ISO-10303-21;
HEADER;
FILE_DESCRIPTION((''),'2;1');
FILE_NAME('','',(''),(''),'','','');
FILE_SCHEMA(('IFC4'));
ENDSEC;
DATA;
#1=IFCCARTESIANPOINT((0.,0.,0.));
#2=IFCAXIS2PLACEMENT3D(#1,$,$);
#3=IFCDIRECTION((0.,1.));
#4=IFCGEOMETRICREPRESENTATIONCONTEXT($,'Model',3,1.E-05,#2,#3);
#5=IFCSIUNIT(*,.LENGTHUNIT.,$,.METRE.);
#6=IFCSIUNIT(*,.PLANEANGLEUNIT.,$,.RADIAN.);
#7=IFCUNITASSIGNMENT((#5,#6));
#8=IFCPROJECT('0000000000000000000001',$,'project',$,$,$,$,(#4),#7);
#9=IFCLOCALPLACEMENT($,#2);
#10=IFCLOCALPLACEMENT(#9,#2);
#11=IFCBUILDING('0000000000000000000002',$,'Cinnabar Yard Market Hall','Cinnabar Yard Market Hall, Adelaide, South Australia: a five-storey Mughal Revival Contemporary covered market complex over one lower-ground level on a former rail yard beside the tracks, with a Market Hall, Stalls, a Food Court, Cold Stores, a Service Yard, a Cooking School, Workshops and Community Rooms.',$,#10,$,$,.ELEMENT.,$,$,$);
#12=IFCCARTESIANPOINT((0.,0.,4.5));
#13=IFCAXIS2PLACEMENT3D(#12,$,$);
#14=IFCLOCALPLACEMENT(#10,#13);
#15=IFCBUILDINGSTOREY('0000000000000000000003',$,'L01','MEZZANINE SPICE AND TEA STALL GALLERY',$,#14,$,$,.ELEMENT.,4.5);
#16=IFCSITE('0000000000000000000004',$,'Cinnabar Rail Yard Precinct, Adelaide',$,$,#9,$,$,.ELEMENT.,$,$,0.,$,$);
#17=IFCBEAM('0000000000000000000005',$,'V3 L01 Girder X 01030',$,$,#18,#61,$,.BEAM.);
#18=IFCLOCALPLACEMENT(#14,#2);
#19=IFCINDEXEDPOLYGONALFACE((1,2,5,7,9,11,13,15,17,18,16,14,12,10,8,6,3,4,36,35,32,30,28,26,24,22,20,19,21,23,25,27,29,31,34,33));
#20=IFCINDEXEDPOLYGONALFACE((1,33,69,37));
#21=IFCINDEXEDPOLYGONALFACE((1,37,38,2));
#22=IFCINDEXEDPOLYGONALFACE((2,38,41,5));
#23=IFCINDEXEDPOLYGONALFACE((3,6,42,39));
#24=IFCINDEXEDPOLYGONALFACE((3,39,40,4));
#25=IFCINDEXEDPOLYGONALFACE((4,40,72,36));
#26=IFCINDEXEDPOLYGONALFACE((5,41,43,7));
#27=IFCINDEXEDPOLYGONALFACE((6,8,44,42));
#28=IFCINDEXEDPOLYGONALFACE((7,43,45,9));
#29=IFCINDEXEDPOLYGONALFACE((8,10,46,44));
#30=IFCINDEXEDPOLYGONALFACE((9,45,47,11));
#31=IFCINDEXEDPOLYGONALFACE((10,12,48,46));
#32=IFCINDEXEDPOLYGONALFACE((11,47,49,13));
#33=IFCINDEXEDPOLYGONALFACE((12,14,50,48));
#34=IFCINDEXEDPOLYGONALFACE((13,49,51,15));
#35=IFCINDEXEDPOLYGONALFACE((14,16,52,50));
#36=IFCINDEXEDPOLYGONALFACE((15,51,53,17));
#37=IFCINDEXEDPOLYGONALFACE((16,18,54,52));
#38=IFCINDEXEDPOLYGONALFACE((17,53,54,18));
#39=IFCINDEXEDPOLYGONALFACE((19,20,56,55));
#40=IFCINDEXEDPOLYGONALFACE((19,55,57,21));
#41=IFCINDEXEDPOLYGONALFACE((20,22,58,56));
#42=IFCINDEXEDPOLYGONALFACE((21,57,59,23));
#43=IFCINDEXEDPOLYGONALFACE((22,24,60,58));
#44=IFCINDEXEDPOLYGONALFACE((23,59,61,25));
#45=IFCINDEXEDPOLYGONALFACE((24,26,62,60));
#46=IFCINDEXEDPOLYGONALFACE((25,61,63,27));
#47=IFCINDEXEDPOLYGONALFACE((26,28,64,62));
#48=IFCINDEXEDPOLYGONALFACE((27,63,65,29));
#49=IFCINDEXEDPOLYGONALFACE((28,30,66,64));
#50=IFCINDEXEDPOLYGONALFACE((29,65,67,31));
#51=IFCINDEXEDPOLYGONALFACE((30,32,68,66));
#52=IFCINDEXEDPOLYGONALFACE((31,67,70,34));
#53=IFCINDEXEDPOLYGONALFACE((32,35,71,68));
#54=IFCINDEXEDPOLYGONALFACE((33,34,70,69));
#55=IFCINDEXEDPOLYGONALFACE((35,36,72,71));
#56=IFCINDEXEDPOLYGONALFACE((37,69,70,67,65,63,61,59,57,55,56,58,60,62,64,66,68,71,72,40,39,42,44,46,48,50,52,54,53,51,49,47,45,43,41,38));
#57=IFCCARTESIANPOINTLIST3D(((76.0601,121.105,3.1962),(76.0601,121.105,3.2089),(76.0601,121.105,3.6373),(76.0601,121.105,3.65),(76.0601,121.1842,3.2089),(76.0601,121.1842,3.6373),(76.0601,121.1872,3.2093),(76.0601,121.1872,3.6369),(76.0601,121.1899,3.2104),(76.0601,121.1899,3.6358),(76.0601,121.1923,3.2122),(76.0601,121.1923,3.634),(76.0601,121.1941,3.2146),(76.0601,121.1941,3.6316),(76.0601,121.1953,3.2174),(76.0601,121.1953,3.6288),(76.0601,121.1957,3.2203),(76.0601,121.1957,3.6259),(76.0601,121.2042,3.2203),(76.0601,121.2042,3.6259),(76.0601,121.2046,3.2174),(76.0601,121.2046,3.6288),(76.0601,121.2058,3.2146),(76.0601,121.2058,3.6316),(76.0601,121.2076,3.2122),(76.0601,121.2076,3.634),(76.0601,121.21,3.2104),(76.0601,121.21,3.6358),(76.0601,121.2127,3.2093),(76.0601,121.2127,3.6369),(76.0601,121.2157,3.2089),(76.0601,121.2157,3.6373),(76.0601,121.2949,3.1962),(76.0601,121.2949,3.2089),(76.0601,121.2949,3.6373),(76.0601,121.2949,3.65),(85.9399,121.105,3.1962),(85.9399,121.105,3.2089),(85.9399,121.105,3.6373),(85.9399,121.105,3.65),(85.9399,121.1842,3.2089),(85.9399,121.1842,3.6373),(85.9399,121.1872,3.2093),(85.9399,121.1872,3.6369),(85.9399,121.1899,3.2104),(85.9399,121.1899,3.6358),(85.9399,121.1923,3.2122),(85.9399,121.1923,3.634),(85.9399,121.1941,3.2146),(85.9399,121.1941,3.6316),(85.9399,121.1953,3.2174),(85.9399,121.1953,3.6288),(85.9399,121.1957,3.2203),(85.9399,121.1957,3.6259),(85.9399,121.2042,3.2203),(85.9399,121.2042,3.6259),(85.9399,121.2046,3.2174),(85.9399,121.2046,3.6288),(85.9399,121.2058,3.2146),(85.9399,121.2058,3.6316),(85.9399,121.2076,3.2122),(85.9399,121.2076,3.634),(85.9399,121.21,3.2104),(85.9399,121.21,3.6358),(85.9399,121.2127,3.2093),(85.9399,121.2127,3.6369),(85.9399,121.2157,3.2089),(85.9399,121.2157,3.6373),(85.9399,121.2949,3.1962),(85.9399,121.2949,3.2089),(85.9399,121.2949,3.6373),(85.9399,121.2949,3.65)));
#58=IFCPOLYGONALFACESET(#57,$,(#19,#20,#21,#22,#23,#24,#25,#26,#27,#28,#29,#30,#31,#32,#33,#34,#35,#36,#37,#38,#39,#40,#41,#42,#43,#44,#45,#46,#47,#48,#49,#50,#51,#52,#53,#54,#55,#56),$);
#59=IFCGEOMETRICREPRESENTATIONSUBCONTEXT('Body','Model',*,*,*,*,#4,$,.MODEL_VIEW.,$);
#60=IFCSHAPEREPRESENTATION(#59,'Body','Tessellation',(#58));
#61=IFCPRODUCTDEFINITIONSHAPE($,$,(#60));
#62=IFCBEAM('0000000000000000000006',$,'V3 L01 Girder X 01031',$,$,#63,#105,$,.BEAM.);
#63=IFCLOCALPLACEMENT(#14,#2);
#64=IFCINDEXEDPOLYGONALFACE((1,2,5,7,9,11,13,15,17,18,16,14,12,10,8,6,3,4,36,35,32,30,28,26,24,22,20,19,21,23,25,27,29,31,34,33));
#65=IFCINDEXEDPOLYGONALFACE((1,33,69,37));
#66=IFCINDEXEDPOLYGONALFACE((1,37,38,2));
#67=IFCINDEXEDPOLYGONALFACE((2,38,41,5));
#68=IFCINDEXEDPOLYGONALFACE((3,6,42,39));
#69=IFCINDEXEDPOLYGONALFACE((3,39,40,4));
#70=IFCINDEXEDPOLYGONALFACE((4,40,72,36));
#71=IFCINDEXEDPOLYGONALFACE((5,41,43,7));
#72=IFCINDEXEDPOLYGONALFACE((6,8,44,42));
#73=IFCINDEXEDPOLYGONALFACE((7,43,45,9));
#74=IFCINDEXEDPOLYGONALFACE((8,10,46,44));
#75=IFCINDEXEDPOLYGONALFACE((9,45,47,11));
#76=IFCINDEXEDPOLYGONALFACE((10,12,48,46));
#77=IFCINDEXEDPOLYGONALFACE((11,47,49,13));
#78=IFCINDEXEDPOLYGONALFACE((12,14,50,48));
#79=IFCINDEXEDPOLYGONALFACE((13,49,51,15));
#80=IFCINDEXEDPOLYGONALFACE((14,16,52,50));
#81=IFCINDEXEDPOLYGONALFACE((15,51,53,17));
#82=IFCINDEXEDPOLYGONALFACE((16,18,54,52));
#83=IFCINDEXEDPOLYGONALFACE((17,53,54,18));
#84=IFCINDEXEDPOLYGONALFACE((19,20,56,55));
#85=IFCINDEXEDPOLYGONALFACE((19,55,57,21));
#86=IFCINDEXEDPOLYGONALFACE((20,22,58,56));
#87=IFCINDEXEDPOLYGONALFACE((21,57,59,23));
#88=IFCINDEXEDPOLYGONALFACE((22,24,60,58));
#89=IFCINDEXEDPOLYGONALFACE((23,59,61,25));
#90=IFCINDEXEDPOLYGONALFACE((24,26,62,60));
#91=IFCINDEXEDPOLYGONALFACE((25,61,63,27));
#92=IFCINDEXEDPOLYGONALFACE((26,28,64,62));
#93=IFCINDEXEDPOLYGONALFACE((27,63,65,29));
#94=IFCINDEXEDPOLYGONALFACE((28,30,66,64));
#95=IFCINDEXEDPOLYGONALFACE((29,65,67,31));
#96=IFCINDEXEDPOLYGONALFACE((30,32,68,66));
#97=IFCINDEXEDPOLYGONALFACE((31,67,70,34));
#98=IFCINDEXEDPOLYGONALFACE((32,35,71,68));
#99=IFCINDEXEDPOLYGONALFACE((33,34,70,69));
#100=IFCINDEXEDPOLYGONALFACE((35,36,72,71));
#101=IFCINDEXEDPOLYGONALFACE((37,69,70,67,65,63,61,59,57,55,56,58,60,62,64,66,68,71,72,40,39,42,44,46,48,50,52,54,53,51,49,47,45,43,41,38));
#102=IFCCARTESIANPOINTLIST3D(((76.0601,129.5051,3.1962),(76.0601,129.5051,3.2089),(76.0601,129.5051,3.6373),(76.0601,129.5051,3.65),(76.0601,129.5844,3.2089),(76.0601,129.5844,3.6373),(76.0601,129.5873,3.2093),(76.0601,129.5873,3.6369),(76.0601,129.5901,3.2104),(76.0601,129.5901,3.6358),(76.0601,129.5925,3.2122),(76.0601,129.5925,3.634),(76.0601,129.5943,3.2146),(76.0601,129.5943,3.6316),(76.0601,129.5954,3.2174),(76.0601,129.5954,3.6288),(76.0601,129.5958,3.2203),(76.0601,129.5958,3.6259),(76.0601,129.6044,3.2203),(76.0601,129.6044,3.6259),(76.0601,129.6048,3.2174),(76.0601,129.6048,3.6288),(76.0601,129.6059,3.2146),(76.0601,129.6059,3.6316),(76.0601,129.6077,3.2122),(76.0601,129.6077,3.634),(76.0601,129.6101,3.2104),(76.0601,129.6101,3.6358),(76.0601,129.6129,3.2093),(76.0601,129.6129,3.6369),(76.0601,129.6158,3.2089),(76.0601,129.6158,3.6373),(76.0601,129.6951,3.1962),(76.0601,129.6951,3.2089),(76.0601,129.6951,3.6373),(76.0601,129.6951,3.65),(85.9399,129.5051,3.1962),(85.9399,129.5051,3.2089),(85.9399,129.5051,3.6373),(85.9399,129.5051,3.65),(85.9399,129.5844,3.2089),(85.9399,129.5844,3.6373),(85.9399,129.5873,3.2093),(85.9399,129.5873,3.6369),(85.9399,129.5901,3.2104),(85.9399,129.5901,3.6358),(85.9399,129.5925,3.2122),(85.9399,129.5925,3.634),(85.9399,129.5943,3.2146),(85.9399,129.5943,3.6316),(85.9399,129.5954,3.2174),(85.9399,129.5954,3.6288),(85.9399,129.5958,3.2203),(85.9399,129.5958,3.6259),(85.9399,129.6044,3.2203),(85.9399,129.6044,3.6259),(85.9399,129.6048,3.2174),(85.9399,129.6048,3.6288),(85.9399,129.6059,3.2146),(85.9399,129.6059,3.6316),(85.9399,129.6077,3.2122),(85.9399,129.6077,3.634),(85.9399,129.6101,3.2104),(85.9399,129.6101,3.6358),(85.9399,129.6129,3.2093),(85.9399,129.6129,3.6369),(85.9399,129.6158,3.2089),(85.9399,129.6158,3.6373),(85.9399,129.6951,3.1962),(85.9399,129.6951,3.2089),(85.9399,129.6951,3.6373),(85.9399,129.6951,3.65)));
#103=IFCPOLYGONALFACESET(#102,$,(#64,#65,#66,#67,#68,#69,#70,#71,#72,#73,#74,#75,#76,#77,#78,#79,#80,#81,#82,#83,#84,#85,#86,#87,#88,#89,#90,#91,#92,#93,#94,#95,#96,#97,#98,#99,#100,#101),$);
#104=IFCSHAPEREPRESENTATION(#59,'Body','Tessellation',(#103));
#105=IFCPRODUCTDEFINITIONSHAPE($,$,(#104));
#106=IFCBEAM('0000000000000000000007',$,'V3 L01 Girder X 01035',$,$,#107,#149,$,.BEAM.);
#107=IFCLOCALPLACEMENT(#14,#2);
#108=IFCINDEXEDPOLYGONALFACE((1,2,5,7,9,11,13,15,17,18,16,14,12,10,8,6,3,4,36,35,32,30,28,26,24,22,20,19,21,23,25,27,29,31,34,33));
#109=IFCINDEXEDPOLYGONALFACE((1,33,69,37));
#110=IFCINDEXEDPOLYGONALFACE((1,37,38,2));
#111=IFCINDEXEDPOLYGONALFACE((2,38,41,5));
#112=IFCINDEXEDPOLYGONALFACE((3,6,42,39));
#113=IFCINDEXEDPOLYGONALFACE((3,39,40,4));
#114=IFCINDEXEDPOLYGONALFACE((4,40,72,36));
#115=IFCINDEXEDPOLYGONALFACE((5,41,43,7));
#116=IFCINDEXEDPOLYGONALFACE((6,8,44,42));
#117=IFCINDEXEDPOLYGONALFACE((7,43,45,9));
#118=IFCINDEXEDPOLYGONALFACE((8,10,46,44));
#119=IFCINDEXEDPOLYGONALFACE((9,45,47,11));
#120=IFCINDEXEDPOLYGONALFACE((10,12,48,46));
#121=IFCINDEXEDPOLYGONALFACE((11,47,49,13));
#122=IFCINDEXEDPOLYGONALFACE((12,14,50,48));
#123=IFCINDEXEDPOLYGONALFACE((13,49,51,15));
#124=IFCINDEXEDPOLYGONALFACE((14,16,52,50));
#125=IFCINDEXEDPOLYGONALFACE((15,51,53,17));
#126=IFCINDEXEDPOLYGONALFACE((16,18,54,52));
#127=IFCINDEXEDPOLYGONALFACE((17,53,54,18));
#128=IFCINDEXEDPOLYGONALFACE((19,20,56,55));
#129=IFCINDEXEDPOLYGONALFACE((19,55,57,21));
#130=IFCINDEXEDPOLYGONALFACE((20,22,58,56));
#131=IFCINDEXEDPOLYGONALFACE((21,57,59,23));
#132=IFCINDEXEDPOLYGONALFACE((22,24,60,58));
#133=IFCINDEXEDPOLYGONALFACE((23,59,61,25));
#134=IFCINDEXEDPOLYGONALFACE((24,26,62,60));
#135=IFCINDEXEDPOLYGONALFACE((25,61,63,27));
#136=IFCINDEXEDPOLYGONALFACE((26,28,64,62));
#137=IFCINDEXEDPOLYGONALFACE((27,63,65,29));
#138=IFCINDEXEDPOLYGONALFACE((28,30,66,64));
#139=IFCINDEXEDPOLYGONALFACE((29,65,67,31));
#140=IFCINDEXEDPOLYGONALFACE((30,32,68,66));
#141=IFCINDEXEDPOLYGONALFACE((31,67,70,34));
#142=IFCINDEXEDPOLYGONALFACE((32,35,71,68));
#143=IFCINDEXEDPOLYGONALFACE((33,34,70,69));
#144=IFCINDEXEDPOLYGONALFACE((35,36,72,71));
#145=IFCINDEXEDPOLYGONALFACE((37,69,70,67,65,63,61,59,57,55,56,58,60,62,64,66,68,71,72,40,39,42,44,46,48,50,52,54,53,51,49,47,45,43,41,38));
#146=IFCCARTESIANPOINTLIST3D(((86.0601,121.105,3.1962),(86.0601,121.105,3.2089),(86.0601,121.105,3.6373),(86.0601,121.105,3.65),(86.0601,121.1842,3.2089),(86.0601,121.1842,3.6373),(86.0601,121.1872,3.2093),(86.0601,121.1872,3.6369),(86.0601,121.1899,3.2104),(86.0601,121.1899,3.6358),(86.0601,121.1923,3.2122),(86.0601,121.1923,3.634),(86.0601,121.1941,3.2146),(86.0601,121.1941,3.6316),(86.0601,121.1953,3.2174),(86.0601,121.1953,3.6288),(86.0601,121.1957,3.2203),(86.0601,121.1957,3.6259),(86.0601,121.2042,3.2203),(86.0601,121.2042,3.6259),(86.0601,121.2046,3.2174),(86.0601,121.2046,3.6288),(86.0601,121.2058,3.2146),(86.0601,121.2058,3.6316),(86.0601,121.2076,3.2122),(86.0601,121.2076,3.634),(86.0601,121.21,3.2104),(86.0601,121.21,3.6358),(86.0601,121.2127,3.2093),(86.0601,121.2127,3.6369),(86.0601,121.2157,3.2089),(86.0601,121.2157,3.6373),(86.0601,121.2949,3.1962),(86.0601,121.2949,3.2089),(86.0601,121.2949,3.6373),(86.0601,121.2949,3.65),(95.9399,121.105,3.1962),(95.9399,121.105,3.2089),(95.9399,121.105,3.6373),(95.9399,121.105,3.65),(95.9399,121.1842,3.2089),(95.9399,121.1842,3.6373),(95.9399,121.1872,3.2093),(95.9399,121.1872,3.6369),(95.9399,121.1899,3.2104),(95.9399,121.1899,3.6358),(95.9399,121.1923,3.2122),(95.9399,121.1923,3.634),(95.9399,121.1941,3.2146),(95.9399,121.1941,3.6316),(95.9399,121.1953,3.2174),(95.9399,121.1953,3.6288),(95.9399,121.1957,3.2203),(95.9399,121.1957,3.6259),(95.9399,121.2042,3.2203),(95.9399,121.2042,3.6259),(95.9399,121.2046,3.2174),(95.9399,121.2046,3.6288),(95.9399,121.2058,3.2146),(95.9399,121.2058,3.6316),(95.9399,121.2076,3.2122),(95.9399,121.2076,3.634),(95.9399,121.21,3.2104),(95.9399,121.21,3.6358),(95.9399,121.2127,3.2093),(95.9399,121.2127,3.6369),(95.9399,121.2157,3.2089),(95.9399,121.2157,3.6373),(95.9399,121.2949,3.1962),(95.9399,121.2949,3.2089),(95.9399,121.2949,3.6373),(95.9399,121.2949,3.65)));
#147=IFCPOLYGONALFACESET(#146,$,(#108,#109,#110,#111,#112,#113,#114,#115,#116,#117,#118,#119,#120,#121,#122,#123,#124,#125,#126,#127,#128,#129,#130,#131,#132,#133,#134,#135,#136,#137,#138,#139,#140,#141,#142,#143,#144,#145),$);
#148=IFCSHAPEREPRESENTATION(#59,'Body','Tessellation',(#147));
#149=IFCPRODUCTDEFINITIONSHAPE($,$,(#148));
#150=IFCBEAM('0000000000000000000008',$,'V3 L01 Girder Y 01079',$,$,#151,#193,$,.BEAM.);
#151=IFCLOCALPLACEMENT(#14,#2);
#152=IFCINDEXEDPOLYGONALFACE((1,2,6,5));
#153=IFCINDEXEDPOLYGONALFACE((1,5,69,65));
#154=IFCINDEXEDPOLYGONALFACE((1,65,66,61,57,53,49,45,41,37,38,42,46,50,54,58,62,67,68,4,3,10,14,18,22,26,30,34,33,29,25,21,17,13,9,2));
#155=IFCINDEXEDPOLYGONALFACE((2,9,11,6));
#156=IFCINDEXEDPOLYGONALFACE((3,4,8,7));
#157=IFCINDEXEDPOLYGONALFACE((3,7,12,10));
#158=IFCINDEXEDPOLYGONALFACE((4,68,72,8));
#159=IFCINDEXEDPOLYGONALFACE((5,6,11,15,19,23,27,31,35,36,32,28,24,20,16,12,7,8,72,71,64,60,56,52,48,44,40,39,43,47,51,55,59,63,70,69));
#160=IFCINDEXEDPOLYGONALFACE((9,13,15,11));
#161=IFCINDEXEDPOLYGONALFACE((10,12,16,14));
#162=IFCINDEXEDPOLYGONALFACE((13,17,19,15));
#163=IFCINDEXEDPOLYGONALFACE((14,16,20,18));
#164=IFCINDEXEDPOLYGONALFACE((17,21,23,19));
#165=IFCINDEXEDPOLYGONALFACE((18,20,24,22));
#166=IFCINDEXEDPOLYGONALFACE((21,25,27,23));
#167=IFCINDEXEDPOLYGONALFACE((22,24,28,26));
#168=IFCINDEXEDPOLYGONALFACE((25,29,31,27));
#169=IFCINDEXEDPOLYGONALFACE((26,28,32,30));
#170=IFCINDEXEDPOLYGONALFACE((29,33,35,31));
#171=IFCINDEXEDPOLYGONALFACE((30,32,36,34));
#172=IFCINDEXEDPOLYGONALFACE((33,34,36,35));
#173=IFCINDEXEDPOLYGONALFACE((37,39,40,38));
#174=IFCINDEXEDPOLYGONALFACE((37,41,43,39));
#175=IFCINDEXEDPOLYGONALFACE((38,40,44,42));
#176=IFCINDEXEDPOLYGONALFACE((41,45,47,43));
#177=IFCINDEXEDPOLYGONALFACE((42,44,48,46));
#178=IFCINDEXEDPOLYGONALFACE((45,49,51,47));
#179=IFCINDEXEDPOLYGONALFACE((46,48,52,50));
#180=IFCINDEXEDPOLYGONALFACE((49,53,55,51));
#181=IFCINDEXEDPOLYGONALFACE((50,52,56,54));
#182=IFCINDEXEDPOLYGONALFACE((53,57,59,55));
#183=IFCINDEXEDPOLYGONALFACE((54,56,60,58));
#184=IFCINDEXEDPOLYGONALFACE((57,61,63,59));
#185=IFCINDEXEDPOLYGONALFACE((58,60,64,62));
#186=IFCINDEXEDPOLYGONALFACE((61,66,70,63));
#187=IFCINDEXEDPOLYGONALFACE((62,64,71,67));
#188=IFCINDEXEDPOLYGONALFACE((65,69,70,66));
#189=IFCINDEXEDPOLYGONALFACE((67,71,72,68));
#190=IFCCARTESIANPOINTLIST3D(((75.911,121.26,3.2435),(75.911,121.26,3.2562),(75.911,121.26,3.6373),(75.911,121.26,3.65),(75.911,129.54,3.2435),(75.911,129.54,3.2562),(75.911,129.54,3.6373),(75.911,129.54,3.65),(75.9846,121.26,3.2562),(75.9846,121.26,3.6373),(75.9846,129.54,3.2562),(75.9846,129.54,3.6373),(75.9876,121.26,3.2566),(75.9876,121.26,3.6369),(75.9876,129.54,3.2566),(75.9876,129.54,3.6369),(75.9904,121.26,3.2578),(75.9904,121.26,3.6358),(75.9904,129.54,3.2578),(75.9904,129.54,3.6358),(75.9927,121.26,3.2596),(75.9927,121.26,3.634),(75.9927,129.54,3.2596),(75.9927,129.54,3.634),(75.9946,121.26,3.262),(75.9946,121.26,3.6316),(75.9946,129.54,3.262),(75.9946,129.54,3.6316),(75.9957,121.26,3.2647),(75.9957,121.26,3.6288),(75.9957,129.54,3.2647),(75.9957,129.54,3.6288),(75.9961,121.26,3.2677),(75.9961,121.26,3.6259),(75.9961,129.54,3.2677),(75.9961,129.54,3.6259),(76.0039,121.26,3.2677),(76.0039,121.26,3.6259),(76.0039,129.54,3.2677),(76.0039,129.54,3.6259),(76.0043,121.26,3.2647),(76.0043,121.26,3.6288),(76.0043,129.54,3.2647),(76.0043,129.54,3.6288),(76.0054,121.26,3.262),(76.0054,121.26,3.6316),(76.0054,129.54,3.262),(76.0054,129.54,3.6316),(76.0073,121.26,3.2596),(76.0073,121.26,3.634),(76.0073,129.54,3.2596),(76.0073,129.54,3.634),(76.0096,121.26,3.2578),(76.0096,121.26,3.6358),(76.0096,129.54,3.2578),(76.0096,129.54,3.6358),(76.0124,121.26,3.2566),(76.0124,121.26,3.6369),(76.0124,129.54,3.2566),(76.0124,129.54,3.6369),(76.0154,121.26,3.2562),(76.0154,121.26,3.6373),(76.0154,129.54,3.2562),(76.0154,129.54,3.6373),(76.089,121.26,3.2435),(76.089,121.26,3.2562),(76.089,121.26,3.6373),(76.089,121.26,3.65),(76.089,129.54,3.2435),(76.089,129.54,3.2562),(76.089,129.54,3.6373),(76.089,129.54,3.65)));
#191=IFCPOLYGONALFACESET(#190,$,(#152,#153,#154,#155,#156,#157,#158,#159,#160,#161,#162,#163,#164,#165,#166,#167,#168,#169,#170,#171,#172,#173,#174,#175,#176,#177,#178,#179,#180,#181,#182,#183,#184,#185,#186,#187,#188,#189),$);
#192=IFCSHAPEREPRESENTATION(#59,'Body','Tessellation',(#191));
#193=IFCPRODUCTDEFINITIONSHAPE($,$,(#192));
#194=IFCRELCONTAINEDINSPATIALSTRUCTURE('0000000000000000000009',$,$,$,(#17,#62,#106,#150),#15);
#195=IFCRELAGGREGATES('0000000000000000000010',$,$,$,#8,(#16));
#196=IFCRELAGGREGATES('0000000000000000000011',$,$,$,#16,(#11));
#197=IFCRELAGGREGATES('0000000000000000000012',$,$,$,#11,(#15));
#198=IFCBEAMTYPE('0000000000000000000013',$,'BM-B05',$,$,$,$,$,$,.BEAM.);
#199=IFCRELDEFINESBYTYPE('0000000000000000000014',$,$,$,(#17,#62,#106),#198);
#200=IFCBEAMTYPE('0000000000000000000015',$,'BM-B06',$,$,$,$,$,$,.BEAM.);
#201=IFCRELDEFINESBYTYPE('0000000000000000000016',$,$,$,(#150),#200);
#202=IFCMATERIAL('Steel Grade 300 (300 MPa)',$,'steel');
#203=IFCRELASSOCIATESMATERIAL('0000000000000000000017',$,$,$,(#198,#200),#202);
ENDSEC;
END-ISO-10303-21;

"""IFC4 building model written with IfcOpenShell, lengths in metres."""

from ifc_helpers import new_model, si_unit, direction, frame, origin, origin_2d_with_axis, place, context, subcontext, project, spatial, i_section, extrude, material, material_profile, profile_set, type_object, element, save


model = new_model("IFC4")

# Units and contexts
model_context = context("Model", 3, precision=1e-05, world=origin(), true_north=direction((0.0, 1.0)))
body_context = subcontext(model_context, "Body", "Model", "MODEL_VIEW")
ifc_project = project(units=[si_unit("LENGTHUNIT", "METRE"), si_unit("PLANEANGLEUNIT", "RADIAN")], contexts=[model_context])

# Site, building, storey
site_placement = place(None, origin())
site = spatial("IfcSite", under=ifc_project, at=site_placement, Name="Cinnabar Rail Yard Precinct, Adelaide", CompositionType="ELEMENT", RefElevation=0.0)
building_placement = place(site_placement, origin())
building = spatial("IfcBuilding", under=site, at=building_placement, Name="Cinnabar Yard Market Hall", Description="Cinnabar Yard Market Hall, Adelaide, South Australia: a five-storey Mughal Revival Contemporary covered market complex over one lower-ground level on a former rail yard beside the tracks, with a Market Hall, Stalls, a Food Court, Cold Stores, a Service Yard, a Cooking School, Workshops and Community Rooms.", CompositionType="ELEMENT")
storey_placement = place(building_placement, frame((0.0, 0.0, 4.5)))
storey = spatial("IfcBuildingStorey", under=building, at=storey_placement, Name="L01", Description="MEZZANINE SPICE AND TEA STALL GALLERY", CompositionType="ELEMENT", Elevation=4.5)

# Shared definitions
ifc_material_1 = material(Name="Steel Grade 300 (300 MPa)", Category="steel")

# Beams
ifc_material_profile_1 = material_profile(ifc_material_1, i_section(OverallWidth=0.1899, OverallDepth=0.4539, WebThickness=0.0085, FlangeThickness=0.0127, FilletRadius=0.0115, at=origin_2d_with_axis()), Name="460UB67.1")
ifc_profile_set_1 = profile_set([ifc_material_profile_1], Name="Steel Grade 300 (300 MPa)")
beam_type_1 = type_object("IfcBeamType", Name="BM-B05", PredefinedType="BEAM", material=ifc_profile_set_1)
for number, where, z_axis, x_axis, name in (
    (1, (76.0601, 121.2, 3.4231), (1.0, 0.0, 0.0), (0.0, 1.0, 0.0), "V3 L01 Girder X 01030"),
    (2, (76.0601, 129.6001, 3.4231), (1.0, 0.0, 0.0), (0.0, 1.0, 0.0), "V3 L01 Girder X 01031"),
    (3, (86.0601, 121.2, 3.4231), (1.0, 0.0, 0.0), (0.0, 1.0, 0.0), "V3 L01 Girder X 01035"),
):
    element("IfcBeam", number, at=place(storey_placement, frame(where, z_axis=z_axis, x_axis=x_axis)), inside=storey, type_object=beam_type_1, Name=name, PredefinedType="BEAM", context=body_context, shape_type="SweptSolid", body=[
        extrude(i_section(OverallWidth=0.1899, OverallDepth=0.4539, WebThickness=0.0085, FlangeThickness=0.0127, FilletRadius=0.0115, at=origin_2d_with_axis()), origin(), (0.0, 0.0, 1.0), 9.8799),
    ])
ifc_material_profile_2 = material_profile(ifc_material_1, i_section(OverallWidth=0.178, OverallDepth=0.4065, WebThickness=0.0078, FlangeThickness=0.0127, FilletRadius=0.0115, at=origin_2d_with_axis()), Name="410UB59.7")
ifc_profile_set_2 = profile_set([ifc_material_profile_2], Name="Steel Grade 300 (300 MPa)")
beam_type_2 = type_object("IfcBeamType", Name="BM-B06", PredefinedType="BEAM", material=ifc_profile_set_2)
for number, where, z_axis, x_axis, name in (
    (4, (76.0, 121.26, 3.4468), (0.0, 1.0, 0.0), (-1.0, 0.0, 0.0), "V3 L01 Girder Y 01079"),
):
    element("IfcBeam", number, at=place(storey_placement, frame(where, z_axis=z_axis, x_axis=x_axis)), inside=storey, type_object=beam_type_2, Name=name, PredefinedType="BEAM", context=body_context, shape_type="SweptSolid", body=[
        extrude(i_section(OverallWidth=0.178, OverallDepth=0.4065, WebThickness=0.0078, FlangeThickness=0.0127, FilletRadius=0.0115, at=origin_2d_with_axis()), origin(), (0.0, 0.0, 1.0), 8.28),
    ])

save(model, "model.ifc")
